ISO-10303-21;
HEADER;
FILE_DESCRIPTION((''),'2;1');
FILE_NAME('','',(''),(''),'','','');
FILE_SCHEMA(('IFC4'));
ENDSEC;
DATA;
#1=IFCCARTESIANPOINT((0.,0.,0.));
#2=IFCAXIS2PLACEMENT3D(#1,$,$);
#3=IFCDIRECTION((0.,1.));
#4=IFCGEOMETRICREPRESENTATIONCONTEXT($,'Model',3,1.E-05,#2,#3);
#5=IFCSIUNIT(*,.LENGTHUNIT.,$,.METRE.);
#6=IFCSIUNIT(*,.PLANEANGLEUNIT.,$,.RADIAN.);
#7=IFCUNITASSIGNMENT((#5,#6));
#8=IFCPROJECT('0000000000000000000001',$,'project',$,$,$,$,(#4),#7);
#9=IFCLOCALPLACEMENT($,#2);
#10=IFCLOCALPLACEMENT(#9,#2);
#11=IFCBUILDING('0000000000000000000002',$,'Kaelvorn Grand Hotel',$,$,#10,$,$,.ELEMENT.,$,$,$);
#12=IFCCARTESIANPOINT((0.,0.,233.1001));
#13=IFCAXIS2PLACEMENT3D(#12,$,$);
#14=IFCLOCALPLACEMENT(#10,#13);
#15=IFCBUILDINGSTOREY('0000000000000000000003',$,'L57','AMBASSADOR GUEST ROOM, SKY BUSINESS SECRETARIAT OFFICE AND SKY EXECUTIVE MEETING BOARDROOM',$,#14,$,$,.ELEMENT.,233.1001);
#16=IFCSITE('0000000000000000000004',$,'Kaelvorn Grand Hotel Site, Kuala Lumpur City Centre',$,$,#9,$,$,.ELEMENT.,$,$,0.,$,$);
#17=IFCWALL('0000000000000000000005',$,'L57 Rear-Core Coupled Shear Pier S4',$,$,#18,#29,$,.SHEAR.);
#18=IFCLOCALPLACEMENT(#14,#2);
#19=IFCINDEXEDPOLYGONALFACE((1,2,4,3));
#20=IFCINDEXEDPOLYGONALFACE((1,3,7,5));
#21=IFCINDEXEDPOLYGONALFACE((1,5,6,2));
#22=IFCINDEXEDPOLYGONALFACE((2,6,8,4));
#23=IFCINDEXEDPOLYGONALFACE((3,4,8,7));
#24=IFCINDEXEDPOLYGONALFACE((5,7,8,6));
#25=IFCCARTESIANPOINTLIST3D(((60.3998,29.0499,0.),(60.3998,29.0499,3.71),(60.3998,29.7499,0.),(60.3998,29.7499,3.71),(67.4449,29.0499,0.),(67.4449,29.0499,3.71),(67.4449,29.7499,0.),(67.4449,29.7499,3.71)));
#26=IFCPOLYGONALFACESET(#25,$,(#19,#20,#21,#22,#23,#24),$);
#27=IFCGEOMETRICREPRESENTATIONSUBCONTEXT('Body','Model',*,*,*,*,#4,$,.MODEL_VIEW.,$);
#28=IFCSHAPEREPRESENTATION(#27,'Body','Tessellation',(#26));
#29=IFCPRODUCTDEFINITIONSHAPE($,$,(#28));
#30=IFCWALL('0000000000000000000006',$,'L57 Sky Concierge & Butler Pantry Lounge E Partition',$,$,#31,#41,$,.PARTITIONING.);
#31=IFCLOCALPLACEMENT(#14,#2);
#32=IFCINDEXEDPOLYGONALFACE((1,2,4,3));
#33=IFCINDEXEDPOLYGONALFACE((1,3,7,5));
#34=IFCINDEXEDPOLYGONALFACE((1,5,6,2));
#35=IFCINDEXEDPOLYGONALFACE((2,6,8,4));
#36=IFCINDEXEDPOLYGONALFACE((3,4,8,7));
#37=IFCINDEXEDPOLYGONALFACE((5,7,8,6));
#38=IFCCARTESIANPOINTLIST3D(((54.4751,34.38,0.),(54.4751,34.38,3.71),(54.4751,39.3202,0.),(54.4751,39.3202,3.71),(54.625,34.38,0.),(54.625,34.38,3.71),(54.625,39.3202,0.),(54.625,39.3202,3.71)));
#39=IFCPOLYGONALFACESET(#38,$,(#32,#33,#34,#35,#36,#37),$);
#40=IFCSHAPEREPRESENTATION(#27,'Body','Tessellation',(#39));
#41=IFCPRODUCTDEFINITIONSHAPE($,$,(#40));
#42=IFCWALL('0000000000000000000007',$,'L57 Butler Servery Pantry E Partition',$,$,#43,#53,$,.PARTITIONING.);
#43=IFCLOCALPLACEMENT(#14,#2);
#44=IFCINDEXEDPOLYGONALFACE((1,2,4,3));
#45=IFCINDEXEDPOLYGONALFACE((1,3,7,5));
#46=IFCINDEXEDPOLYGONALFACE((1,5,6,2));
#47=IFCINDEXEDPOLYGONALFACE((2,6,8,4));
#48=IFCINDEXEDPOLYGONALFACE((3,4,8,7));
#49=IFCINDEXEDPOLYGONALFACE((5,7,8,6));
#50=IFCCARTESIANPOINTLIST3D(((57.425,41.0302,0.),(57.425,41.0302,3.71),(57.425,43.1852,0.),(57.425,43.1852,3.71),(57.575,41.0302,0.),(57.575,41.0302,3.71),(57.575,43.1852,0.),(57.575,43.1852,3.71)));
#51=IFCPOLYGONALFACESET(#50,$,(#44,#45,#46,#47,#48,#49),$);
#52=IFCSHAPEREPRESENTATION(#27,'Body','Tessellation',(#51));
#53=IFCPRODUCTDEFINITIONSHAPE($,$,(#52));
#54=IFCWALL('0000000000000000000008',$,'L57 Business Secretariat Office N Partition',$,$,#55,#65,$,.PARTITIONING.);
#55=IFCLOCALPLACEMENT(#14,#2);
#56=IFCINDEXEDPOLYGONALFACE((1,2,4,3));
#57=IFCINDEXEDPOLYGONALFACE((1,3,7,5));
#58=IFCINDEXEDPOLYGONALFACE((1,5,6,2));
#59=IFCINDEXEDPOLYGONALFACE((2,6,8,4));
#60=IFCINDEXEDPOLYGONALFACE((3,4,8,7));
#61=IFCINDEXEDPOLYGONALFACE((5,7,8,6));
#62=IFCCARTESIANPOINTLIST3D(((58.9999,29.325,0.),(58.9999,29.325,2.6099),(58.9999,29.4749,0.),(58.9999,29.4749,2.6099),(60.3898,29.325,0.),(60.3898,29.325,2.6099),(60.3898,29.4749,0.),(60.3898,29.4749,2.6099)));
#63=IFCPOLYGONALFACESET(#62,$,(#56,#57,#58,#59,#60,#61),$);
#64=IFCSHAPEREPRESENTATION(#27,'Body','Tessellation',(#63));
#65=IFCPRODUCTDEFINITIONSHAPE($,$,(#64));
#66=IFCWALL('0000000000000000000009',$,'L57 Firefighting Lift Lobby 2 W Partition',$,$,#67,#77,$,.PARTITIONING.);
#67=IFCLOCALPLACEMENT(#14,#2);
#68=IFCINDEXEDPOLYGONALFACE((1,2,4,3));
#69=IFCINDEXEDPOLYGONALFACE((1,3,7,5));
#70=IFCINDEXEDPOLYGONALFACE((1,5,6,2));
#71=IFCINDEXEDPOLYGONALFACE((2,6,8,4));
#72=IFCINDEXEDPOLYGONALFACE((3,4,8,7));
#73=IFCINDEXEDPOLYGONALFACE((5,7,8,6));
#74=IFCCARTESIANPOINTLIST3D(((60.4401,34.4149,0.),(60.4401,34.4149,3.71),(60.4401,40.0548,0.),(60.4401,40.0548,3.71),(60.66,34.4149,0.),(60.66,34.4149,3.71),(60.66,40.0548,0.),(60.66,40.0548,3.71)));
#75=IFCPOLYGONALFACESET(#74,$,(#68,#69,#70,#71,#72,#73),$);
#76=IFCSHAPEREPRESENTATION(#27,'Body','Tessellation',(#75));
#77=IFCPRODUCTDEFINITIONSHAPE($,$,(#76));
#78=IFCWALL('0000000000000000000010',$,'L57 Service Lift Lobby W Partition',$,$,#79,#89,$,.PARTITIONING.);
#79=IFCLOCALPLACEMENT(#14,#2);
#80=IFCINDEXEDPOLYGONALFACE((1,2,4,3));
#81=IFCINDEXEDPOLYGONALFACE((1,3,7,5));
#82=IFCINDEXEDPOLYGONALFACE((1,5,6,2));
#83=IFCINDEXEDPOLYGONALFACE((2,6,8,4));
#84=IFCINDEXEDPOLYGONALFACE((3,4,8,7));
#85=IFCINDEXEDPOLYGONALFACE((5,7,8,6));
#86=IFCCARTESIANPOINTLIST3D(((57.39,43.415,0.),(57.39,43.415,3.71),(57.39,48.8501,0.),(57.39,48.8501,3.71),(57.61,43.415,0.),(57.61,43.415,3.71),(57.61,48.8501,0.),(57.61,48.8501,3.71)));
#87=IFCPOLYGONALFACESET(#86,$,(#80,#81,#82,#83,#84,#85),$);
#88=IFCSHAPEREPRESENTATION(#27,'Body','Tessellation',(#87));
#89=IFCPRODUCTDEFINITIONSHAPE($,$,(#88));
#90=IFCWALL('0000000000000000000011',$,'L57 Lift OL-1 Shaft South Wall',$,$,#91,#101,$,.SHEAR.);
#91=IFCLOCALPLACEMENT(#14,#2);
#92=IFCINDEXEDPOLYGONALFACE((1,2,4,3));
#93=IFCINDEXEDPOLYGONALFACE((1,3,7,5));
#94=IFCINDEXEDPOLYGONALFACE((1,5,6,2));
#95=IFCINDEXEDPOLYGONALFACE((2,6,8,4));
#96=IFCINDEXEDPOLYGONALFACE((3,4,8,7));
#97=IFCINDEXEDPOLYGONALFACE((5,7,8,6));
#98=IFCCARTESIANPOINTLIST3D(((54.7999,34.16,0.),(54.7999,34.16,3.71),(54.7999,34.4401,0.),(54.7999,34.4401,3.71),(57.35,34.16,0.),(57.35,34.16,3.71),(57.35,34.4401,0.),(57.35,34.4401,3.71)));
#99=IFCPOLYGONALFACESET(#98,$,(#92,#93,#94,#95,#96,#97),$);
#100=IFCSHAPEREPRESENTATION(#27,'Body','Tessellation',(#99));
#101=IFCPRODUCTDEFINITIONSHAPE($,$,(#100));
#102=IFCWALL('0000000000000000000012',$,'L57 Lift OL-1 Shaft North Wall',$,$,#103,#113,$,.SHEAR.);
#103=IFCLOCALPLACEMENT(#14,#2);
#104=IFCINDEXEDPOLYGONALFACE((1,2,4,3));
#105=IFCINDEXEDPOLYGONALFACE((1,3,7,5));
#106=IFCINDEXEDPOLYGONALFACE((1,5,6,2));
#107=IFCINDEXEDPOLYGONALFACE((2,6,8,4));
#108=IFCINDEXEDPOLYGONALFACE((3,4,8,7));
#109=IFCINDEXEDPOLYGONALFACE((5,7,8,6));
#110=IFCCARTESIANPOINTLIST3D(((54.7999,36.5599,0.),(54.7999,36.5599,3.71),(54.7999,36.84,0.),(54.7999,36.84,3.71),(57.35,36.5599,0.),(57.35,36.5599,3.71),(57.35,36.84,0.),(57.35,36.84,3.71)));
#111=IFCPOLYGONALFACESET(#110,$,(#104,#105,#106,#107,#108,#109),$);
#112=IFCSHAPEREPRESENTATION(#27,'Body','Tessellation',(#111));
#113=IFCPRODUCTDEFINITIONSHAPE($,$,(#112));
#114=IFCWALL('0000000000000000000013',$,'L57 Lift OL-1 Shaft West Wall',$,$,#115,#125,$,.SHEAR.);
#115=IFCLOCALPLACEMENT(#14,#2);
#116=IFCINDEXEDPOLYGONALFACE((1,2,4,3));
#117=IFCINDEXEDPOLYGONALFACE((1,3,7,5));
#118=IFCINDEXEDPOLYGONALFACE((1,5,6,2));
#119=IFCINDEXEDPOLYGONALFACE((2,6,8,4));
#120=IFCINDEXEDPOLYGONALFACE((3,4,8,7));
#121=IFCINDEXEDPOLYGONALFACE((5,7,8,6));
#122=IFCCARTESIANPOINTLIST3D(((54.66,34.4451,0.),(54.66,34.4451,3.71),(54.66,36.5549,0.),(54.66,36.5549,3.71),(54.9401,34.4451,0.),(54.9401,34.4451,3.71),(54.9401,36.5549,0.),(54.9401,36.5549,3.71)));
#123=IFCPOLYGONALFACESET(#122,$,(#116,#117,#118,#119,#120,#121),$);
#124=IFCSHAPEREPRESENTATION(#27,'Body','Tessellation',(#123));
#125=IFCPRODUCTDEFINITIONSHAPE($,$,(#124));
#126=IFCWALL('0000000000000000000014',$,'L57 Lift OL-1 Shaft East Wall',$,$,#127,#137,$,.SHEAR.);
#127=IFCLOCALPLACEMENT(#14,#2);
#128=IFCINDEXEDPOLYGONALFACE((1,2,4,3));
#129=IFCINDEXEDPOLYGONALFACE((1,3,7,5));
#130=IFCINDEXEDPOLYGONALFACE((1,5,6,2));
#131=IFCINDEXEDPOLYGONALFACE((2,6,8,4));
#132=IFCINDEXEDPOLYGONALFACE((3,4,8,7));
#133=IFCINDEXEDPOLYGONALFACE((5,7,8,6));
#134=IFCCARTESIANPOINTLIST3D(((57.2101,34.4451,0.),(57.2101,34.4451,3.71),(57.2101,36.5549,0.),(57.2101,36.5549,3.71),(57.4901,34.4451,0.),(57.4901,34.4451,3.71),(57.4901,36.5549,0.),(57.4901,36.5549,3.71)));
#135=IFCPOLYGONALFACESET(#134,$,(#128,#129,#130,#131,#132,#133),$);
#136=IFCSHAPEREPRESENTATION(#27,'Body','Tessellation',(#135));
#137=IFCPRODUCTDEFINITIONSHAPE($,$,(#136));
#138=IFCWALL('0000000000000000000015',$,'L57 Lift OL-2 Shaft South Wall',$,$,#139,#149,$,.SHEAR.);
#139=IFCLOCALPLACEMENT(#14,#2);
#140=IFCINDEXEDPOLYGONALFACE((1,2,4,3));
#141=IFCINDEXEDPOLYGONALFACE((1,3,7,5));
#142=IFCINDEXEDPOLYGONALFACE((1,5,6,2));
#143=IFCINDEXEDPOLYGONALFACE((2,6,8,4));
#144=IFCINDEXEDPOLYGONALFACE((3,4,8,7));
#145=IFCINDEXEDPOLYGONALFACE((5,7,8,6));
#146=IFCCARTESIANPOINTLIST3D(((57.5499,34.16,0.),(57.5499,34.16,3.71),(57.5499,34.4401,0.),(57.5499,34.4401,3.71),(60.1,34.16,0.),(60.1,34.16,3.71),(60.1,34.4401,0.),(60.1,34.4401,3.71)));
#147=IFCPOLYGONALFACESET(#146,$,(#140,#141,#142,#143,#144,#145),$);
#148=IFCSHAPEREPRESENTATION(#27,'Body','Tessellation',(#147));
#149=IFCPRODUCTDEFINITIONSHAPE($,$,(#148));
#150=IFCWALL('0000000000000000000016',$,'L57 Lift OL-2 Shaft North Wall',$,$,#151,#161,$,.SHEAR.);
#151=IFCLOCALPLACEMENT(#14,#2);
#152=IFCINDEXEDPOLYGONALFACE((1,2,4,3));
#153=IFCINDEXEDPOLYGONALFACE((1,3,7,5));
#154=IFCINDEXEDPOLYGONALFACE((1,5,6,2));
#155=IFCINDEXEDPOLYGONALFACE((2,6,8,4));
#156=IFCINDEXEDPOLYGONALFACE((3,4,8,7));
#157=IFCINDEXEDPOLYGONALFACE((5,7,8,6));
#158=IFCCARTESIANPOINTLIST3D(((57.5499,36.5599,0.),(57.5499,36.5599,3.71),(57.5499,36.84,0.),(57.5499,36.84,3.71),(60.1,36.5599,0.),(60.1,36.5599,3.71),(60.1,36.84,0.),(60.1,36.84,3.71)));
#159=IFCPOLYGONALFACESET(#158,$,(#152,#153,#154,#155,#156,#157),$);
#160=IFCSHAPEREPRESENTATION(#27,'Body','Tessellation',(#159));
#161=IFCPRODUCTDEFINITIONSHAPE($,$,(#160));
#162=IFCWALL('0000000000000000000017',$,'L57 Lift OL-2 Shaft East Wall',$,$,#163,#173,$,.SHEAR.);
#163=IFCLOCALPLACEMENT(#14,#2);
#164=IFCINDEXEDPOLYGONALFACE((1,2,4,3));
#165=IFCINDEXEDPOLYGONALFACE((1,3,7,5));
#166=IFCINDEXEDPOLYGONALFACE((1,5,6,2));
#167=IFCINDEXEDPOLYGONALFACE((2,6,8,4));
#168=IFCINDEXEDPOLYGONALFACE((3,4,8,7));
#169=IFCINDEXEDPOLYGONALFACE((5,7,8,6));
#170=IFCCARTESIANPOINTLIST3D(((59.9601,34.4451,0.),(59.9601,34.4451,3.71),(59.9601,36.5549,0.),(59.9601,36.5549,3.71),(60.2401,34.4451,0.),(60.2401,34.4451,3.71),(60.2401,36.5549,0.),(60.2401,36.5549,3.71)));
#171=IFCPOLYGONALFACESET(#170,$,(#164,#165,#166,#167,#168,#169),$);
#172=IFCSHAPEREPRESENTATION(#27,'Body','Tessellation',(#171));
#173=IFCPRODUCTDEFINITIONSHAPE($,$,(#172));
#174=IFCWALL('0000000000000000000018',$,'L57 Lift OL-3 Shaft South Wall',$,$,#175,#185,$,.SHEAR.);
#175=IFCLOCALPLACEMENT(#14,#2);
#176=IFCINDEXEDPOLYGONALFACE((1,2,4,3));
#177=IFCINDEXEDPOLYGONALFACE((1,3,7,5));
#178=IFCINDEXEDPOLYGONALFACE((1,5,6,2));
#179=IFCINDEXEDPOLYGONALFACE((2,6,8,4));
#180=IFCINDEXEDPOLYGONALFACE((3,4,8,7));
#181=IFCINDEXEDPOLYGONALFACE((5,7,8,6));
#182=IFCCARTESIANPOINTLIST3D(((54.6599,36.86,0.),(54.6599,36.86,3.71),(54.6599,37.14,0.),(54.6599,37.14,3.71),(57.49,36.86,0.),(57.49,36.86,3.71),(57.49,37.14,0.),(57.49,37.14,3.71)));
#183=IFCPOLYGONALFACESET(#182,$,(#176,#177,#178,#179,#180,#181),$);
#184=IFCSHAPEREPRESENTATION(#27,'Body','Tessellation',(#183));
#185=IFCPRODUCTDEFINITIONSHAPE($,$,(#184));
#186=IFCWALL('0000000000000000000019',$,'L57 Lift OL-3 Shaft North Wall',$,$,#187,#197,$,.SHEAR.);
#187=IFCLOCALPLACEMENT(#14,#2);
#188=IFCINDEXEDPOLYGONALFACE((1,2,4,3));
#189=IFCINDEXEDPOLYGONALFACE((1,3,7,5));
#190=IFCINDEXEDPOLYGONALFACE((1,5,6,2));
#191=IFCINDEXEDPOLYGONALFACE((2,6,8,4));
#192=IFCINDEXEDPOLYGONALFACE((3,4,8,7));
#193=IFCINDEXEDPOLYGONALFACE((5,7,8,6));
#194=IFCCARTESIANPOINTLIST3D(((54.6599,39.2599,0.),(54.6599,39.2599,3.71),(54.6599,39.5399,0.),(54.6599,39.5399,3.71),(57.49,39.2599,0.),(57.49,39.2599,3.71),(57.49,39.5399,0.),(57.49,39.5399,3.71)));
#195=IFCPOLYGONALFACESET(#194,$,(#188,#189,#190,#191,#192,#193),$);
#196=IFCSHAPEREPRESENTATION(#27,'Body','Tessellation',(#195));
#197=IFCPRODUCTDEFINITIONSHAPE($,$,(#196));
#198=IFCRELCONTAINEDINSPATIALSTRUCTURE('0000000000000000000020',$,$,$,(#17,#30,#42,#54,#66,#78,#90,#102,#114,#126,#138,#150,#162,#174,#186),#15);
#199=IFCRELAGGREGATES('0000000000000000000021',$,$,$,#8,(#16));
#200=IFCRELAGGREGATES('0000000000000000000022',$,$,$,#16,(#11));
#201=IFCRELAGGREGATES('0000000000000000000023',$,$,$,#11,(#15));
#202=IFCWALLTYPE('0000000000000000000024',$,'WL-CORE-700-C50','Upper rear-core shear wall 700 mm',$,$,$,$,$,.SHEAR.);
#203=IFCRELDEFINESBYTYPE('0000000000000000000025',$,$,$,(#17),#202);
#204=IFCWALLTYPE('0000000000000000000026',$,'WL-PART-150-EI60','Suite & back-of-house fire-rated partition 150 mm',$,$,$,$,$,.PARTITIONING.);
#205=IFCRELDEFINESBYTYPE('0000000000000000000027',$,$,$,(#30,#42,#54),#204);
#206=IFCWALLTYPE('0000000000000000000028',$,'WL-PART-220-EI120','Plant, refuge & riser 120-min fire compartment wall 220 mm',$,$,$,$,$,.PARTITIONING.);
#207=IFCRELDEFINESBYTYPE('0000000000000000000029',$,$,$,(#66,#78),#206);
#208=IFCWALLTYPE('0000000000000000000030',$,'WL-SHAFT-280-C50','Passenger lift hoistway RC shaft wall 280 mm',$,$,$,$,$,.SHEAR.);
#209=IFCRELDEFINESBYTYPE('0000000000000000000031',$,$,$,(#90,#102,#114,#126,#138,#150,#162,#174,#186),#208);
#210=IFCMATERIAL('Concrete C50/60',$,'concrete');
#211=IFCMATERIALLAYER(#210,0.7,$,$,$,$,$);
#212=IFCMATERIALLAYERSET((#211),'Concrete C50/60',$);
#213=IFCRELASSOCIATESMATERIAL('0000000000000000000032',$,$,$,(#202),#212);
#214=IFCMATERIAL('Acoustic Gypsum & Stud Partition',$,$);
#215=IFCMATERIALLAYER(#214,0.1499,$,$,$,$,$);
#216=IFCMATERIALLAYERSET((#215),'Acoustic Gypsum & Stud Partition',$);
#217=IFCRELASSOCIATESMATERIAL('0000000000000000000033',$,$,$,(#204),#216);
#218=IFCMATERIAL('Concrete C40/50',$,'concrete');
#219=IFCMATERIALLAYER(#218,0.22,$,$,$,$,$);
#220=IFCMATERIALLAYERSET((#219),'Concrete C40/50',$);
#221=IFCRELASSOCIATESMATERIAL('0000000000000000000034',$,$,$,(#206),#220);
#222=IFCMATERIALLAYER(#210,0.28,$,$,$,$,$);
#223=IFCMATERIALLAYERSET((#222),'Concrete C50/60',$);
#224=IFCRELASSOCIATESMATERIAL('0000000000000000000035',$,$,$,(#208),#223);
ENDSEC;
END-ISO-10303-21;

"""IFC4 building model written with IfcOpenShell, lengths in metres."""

from ifc_helpers import new_model, si_unit, direction, frame, frame_2d, origin, place, context, subcontext, project, spatial, rectangle, extrude, material, layer, layer_set, type_object, element, save


model = new_model("IFC4")

# Units and contexts
model_context = context("Model", 3, precision=1e-05, world=origin(), true_north=direction((0.0, 1.0)))
body_context = subcontext(model_context, "Body", "Model", "MODEL_VIEW")
ifc_project = project(units=[si_unit("LENGTHUNIT", "METRE"), si_unit("PLANEANGLEUNIT", "RADIAN")], contexts=[model_context])

# Site, building, storey
site_placement = place(None, origin())
site = spatial("IfcSite", under=ifc_project, at=site_placement, Name="Kaelvorn Grand Hotel Site, Kuala Lumpur City Centre", CompositionType="ELEMENT", RefElevation=0.0)
building_placement = place(site_placement, origin())
building = spatial("IfcBuilding", under=site, at=building_placement, Name="Kaelvorn Grand Hotel", CompositionType="ELEMENT")
storey_placement = place(building_placement, frame((0.0, 0.0, 233.1001)))
storey = spatial("IfcBuildingStorey", under=building, at=storey_placement, Name="L57", Description="AMBASSADOR GUEST ROOM, SKY BUSINESS SECRETARIAT OFFICE AND SKY EXECUTIVE MEETING BOARDROOM", CompositionType="ELEMENT", Elevation=233.1001)

# Walls
ifc_material_1 = material(Name="Concrete C50/60", Category="concrete")
ifc_layer_1 = layer(ifc_material_1, 0.7)
ifc_layer_set_1 = layer_set([ifc_layer_1], Name="Concrete C50/60")
wall_type_1 = type_object("IfcWallType", Name="WL-CORE-700-C50", Description="Upper rear-core shear wall 700 mm", PredefinedType="SHEAR", material=ifc_layer_set_1)
wall_1_placement = place(storey_placement, frame((60.3999, 29.3999, 0.0), z_axis=(0.0, 0.0, 1.0), x_axis=(1.0, 0.0, 0.0)))
element("IfcWall", 1, at=wall_1_placement, inside=storey, type_object=wall_type_1, Name="L57 Rear-Core Coupled Shear Pier S4", PredefinedType="SHEAR", context=body_context, shape_type="SweptSolid", body=[
    extrude(rectangle(XDim=7.0452, YDim=0.7, at=frame_2d((3.5225, 0.0))), origin(), (0.0, 0.0, 1.0), 3.71),
])
ifc_material_2 = material(Name="Acoustic Gypsum & Stud Partition")
ifc_layer_2 = layer(ifc_material_2, 0.1499)
ifc_layer_set_2 = layer_set([ifc_layer_2], Name="Acoustic Gypsum & Stud Partition")
wall_type_2 = type_object("IfcWallType", Name="WL-PART-150-EI60", Description="Suite & back-of-house fire-rated partition 150 mm", PredefinedType="PARTITIONING", material=ifc_layer_set_2)
wall_2_placement = place(storey_placement, frame((54.55, 34.3799, 0.0), z_axis=(0.0, 0.0, 1.0), x_axis=(0.0, 1.0, 0.0)))
element("IfcWall", 2, at=wall_2_placement, inside=storey, type_object=wall_type_2, Name="L57 Sky Concierge & Butler Pantry Lounge E Partition", PredefinedType="PARTITIONING", context=body_context, shape_type="SweptSolid", body=[
    extrude(rectangle(XDim=4.9402, YDim=0.1499, at=frame_2d((2.4702, 0.0))), origin(), (0.0, 0.0, 1.0), 3.71),
])
wall_3_placement = place(storey_placement, frame((57.5, 41.03, 0.0), z_axis=(0.0, 0.0, 1.0), x_axis=(0.0, 1.0, 0.0)))
element("IfcWall", 3, at=wall_3_placement, inside=storey, type_object=wall_type_2, Name="L57 Butler Servery Pantry E Partition", PredefinedType="PARTITIONING", context=body_context, shape_type="SweptSolid", body=[
    extrude(rectangle(XDim=2.155, YDim=0.1499, at=frame_2d((1.0776, 0.0))), origin(), (0.0, 0.0, 1.0), 3.71),
])
wall_4_placement = place(storey_placement, frame((59.0, 29.3999, 0.0), z_axis=(0.0, 0.0, 1.0), x_axis=(1.0, 0.0, 0.0)))
element("IfcWall", 4, at=wall_4_placement, inside=storey, type_object=wall_type_2, Name="L57 Business Secretariat Office N Partition", PredefinedType="PARTITIONING", context=body_context, shape_type="SweptSolid", body=[
    extrude(rectangle(XDim=1.3899, YDim=0.1499, at=frame_2d((0.6948, 0.0))), origin(), (0.0, 0.0, 1.0), 2.6099),
])

# Shared definitions
ifc_material_3 = material(Name="Concrete C40/50", Category="concrete")
ifc_layer_3 = layer(ifc_material_3, 0.22)
ifc_layer_set_3 = layer_set([ifc_layer_3], Name="Concrete C40/50")
wall_type_3 = type_object("IfcWallType", Name="WL-PART-220-EI120", Description="Plant, refuge & riser 120-min fire compartment wall 220 mm", PredefinedType="PARTITIONING", material=ifc_layer_set_3)

# Wall
wall_5_placement = place(storey_placement, frame((60.55, 34.415, 0.0), z_axis=(0.0, 0.0, 1.0), x_axis=(0.0, 1.0, 0.0)))
element("IfcWall", 5, at=wall_5_placement, inside=storey, type_object=wall_type_3, Name="L57 Firefighting Lift Lobby 2 W Partition", PredefinedType="PARTITIONING", context=body_context, shape_type="SweptSolid", body=[
    extrude(rectangle(XDim=5.6399, YDim=0.22, at=frame_2d((2.8198, 0.0))), origin(), (0.0, 0.0, 1.0), 3.71),
])

# Walls
wall_6_placement = place(storey_placement, frame((57.5, 43.415, 0.0), z_axis=(0.0, 0.0, 1.0), x_axis=(0.0, 1.0, 0.0)))
element("IfcWall", 6, at=wall_6_placement, inside=storey, type_object=wall_type_3, Name="L57 Service Lift Lobby W Partition", PredefinedType="PARTITIONING", context=body_context, shape_type="SweptSolid", body=[
    extrude(rectangle(XDim=5.4351, YDim=0.22, at=frame_2d((2.7175, 0.0))), origin(), (0.0, 0.0, 1.0), 3.71),
])
ifc_layer_4 = layer(ifc_material_1, 0.28)
ifc_layer_set_4 = layer_set([ifc_layer_4], Name="Concrete C50/60")
wall_type_4 = type_object("IfcWallType", Name="WL-SHAFT-280-C50", Description="Passenger lift hoistway RC shaft wall 280 mm", PredefinedType="SHEAR", material=ifc_layer_set_4)
for number, where, z_axis, x_axis, name in (
    (7, (54.8, 34.3, 0.0), (0.0, 0.0, 1.0), (1.0, 0.0, 0.0), "L57 Lift OL-1 Shaft South Wall"),
    (8, (54.8, 36.7, 0.0), (0.0, 0.0, 1.0), (1.0, 0.0, 0.0), "L57 Lift OL-1 Shaft North Wall"),
):
    element("IfcWall", number, at=place(storey_placement, frame(where, z_axis=z_axis, x_axis=x_axis)), inside=storey, type_object=wall_type_4, Name=name, PredefinedType="SHEAR", context=body_context, shape_type="SweptSolid", body=[
        extrude(rectangle(XDim=2.55, YDim=0.28, at=frame_2d((1.2749, 0.0))), origin(), (0.0, 0.0, 1.0), 3.71),
    ])
for number, where, z_axis, x_axis, name in (
    (9, (54.8, 34.4451, 0.0), (0.0, 0.0, 1.0), (0.0, 1.0, 0.0), "L57 Lift OL-1 Shaft West Wall"),
    (10, (57.3501, 34.4451, 0.0), (0.0, 0.0, 1.0), (0.0, 1.0, 0.0), "L57 Lift OL-1 Shaft East Wall"),
):
    element("IfcWall", number, at=place(storey_placement, frame(where, z_axis=z_axis, x_axis=x_axis)), inside=storey, type_object=wall_type_4, Name=name, PredefinedType="SHEAR", context=body_context, shape_type="SweptSolid", body=[
        extrude(rectangle(XDim=2.1099, YDim=0.28, at=frame_2d((1.0549, 0.0))), origin(), (0.0, 0.0, 1.0), 3.71),
    ])
for number, where, z_axis, x_axis, name in (
    (11, (57.55, 34.3, 0.0), (0.0, 0.0, 1.0), (1.0, 0.0, 0.0), "L57 Lift OL-2 Shaft South Wall"),
    (12, (57.55, 36.7, 0.0), (0.0, 0.0, 1.0), (1.0, 0.0, 0.0), "L57 Lift OL-2 Shaft North Wall"),
):
    element("IfcWall", number, at=place(storey_placement, frame(where, z_axis=z_axis, x_axis=x_axis)), inside=storey, type_object=wall_type_4, Name=name, PredefinedType="SHEAR", context=body_context, shape_type="SweptSolid", body=[
        extrude(rectangle(XDim=2.55, YDim=0.28, at=frame_2d((1.2749, 0.0))), origin(), (0.0, 0.0, 1.0), 3.71),
    ])
wall_7_placement = place(storey_placement, frame((60.1001, 34.4451, 0.0), z_axis=(0.0, 0.0, 1.0), x_axis=(0.0, 1.0, 0.0)))
element("IfcWall", 13, at=wall_7_placement, inside=storey, type_object=wall_type_4, Name="L57 Lift OL-2 Shaft East Wall", PredefinedType="SHEAR", context=body_context, shape_type="SweptSolid", body=[
    extrude(rectangle(XDim=2.1099, YDim=0.28, at=frame_2d((1.0549, 0.0))), origin(), (0.0, 0.0, 1.0), 3.71),
])
for number, where, z_axis, x_axis, name in (
    (14, (54.6599, 37.0, 0.0), (0.0, 0.0, 1.0), (1.0, 0.0, 0.0), "L57 Lift OL-3 Shaft South Wall"),
    (15, (54.6599, 39.3999, 0.0), (0.0, 0.0, 1.0), (1.0, 0.0, 0.0), "L57 Lift OL-3 Shaft North Wall"),
):
    element("IfcWall", number, at=place(storey_placement, frame(where, z_axis=z_axis, x_axis=x_axis)), inside=storey, type_object=wall_type_4, Name=name, PredefinedType="SHEAR", context=body_context, shape_type="SweptSolid", body=[
        extrude(rectangle(XDim=2.8301, YDim=0.28, at=frame_2d((1.415, 0.0))), origin(), (0.0, 0.0, 1.0), 3.71),
    ])

save(model, "model.ifc")
